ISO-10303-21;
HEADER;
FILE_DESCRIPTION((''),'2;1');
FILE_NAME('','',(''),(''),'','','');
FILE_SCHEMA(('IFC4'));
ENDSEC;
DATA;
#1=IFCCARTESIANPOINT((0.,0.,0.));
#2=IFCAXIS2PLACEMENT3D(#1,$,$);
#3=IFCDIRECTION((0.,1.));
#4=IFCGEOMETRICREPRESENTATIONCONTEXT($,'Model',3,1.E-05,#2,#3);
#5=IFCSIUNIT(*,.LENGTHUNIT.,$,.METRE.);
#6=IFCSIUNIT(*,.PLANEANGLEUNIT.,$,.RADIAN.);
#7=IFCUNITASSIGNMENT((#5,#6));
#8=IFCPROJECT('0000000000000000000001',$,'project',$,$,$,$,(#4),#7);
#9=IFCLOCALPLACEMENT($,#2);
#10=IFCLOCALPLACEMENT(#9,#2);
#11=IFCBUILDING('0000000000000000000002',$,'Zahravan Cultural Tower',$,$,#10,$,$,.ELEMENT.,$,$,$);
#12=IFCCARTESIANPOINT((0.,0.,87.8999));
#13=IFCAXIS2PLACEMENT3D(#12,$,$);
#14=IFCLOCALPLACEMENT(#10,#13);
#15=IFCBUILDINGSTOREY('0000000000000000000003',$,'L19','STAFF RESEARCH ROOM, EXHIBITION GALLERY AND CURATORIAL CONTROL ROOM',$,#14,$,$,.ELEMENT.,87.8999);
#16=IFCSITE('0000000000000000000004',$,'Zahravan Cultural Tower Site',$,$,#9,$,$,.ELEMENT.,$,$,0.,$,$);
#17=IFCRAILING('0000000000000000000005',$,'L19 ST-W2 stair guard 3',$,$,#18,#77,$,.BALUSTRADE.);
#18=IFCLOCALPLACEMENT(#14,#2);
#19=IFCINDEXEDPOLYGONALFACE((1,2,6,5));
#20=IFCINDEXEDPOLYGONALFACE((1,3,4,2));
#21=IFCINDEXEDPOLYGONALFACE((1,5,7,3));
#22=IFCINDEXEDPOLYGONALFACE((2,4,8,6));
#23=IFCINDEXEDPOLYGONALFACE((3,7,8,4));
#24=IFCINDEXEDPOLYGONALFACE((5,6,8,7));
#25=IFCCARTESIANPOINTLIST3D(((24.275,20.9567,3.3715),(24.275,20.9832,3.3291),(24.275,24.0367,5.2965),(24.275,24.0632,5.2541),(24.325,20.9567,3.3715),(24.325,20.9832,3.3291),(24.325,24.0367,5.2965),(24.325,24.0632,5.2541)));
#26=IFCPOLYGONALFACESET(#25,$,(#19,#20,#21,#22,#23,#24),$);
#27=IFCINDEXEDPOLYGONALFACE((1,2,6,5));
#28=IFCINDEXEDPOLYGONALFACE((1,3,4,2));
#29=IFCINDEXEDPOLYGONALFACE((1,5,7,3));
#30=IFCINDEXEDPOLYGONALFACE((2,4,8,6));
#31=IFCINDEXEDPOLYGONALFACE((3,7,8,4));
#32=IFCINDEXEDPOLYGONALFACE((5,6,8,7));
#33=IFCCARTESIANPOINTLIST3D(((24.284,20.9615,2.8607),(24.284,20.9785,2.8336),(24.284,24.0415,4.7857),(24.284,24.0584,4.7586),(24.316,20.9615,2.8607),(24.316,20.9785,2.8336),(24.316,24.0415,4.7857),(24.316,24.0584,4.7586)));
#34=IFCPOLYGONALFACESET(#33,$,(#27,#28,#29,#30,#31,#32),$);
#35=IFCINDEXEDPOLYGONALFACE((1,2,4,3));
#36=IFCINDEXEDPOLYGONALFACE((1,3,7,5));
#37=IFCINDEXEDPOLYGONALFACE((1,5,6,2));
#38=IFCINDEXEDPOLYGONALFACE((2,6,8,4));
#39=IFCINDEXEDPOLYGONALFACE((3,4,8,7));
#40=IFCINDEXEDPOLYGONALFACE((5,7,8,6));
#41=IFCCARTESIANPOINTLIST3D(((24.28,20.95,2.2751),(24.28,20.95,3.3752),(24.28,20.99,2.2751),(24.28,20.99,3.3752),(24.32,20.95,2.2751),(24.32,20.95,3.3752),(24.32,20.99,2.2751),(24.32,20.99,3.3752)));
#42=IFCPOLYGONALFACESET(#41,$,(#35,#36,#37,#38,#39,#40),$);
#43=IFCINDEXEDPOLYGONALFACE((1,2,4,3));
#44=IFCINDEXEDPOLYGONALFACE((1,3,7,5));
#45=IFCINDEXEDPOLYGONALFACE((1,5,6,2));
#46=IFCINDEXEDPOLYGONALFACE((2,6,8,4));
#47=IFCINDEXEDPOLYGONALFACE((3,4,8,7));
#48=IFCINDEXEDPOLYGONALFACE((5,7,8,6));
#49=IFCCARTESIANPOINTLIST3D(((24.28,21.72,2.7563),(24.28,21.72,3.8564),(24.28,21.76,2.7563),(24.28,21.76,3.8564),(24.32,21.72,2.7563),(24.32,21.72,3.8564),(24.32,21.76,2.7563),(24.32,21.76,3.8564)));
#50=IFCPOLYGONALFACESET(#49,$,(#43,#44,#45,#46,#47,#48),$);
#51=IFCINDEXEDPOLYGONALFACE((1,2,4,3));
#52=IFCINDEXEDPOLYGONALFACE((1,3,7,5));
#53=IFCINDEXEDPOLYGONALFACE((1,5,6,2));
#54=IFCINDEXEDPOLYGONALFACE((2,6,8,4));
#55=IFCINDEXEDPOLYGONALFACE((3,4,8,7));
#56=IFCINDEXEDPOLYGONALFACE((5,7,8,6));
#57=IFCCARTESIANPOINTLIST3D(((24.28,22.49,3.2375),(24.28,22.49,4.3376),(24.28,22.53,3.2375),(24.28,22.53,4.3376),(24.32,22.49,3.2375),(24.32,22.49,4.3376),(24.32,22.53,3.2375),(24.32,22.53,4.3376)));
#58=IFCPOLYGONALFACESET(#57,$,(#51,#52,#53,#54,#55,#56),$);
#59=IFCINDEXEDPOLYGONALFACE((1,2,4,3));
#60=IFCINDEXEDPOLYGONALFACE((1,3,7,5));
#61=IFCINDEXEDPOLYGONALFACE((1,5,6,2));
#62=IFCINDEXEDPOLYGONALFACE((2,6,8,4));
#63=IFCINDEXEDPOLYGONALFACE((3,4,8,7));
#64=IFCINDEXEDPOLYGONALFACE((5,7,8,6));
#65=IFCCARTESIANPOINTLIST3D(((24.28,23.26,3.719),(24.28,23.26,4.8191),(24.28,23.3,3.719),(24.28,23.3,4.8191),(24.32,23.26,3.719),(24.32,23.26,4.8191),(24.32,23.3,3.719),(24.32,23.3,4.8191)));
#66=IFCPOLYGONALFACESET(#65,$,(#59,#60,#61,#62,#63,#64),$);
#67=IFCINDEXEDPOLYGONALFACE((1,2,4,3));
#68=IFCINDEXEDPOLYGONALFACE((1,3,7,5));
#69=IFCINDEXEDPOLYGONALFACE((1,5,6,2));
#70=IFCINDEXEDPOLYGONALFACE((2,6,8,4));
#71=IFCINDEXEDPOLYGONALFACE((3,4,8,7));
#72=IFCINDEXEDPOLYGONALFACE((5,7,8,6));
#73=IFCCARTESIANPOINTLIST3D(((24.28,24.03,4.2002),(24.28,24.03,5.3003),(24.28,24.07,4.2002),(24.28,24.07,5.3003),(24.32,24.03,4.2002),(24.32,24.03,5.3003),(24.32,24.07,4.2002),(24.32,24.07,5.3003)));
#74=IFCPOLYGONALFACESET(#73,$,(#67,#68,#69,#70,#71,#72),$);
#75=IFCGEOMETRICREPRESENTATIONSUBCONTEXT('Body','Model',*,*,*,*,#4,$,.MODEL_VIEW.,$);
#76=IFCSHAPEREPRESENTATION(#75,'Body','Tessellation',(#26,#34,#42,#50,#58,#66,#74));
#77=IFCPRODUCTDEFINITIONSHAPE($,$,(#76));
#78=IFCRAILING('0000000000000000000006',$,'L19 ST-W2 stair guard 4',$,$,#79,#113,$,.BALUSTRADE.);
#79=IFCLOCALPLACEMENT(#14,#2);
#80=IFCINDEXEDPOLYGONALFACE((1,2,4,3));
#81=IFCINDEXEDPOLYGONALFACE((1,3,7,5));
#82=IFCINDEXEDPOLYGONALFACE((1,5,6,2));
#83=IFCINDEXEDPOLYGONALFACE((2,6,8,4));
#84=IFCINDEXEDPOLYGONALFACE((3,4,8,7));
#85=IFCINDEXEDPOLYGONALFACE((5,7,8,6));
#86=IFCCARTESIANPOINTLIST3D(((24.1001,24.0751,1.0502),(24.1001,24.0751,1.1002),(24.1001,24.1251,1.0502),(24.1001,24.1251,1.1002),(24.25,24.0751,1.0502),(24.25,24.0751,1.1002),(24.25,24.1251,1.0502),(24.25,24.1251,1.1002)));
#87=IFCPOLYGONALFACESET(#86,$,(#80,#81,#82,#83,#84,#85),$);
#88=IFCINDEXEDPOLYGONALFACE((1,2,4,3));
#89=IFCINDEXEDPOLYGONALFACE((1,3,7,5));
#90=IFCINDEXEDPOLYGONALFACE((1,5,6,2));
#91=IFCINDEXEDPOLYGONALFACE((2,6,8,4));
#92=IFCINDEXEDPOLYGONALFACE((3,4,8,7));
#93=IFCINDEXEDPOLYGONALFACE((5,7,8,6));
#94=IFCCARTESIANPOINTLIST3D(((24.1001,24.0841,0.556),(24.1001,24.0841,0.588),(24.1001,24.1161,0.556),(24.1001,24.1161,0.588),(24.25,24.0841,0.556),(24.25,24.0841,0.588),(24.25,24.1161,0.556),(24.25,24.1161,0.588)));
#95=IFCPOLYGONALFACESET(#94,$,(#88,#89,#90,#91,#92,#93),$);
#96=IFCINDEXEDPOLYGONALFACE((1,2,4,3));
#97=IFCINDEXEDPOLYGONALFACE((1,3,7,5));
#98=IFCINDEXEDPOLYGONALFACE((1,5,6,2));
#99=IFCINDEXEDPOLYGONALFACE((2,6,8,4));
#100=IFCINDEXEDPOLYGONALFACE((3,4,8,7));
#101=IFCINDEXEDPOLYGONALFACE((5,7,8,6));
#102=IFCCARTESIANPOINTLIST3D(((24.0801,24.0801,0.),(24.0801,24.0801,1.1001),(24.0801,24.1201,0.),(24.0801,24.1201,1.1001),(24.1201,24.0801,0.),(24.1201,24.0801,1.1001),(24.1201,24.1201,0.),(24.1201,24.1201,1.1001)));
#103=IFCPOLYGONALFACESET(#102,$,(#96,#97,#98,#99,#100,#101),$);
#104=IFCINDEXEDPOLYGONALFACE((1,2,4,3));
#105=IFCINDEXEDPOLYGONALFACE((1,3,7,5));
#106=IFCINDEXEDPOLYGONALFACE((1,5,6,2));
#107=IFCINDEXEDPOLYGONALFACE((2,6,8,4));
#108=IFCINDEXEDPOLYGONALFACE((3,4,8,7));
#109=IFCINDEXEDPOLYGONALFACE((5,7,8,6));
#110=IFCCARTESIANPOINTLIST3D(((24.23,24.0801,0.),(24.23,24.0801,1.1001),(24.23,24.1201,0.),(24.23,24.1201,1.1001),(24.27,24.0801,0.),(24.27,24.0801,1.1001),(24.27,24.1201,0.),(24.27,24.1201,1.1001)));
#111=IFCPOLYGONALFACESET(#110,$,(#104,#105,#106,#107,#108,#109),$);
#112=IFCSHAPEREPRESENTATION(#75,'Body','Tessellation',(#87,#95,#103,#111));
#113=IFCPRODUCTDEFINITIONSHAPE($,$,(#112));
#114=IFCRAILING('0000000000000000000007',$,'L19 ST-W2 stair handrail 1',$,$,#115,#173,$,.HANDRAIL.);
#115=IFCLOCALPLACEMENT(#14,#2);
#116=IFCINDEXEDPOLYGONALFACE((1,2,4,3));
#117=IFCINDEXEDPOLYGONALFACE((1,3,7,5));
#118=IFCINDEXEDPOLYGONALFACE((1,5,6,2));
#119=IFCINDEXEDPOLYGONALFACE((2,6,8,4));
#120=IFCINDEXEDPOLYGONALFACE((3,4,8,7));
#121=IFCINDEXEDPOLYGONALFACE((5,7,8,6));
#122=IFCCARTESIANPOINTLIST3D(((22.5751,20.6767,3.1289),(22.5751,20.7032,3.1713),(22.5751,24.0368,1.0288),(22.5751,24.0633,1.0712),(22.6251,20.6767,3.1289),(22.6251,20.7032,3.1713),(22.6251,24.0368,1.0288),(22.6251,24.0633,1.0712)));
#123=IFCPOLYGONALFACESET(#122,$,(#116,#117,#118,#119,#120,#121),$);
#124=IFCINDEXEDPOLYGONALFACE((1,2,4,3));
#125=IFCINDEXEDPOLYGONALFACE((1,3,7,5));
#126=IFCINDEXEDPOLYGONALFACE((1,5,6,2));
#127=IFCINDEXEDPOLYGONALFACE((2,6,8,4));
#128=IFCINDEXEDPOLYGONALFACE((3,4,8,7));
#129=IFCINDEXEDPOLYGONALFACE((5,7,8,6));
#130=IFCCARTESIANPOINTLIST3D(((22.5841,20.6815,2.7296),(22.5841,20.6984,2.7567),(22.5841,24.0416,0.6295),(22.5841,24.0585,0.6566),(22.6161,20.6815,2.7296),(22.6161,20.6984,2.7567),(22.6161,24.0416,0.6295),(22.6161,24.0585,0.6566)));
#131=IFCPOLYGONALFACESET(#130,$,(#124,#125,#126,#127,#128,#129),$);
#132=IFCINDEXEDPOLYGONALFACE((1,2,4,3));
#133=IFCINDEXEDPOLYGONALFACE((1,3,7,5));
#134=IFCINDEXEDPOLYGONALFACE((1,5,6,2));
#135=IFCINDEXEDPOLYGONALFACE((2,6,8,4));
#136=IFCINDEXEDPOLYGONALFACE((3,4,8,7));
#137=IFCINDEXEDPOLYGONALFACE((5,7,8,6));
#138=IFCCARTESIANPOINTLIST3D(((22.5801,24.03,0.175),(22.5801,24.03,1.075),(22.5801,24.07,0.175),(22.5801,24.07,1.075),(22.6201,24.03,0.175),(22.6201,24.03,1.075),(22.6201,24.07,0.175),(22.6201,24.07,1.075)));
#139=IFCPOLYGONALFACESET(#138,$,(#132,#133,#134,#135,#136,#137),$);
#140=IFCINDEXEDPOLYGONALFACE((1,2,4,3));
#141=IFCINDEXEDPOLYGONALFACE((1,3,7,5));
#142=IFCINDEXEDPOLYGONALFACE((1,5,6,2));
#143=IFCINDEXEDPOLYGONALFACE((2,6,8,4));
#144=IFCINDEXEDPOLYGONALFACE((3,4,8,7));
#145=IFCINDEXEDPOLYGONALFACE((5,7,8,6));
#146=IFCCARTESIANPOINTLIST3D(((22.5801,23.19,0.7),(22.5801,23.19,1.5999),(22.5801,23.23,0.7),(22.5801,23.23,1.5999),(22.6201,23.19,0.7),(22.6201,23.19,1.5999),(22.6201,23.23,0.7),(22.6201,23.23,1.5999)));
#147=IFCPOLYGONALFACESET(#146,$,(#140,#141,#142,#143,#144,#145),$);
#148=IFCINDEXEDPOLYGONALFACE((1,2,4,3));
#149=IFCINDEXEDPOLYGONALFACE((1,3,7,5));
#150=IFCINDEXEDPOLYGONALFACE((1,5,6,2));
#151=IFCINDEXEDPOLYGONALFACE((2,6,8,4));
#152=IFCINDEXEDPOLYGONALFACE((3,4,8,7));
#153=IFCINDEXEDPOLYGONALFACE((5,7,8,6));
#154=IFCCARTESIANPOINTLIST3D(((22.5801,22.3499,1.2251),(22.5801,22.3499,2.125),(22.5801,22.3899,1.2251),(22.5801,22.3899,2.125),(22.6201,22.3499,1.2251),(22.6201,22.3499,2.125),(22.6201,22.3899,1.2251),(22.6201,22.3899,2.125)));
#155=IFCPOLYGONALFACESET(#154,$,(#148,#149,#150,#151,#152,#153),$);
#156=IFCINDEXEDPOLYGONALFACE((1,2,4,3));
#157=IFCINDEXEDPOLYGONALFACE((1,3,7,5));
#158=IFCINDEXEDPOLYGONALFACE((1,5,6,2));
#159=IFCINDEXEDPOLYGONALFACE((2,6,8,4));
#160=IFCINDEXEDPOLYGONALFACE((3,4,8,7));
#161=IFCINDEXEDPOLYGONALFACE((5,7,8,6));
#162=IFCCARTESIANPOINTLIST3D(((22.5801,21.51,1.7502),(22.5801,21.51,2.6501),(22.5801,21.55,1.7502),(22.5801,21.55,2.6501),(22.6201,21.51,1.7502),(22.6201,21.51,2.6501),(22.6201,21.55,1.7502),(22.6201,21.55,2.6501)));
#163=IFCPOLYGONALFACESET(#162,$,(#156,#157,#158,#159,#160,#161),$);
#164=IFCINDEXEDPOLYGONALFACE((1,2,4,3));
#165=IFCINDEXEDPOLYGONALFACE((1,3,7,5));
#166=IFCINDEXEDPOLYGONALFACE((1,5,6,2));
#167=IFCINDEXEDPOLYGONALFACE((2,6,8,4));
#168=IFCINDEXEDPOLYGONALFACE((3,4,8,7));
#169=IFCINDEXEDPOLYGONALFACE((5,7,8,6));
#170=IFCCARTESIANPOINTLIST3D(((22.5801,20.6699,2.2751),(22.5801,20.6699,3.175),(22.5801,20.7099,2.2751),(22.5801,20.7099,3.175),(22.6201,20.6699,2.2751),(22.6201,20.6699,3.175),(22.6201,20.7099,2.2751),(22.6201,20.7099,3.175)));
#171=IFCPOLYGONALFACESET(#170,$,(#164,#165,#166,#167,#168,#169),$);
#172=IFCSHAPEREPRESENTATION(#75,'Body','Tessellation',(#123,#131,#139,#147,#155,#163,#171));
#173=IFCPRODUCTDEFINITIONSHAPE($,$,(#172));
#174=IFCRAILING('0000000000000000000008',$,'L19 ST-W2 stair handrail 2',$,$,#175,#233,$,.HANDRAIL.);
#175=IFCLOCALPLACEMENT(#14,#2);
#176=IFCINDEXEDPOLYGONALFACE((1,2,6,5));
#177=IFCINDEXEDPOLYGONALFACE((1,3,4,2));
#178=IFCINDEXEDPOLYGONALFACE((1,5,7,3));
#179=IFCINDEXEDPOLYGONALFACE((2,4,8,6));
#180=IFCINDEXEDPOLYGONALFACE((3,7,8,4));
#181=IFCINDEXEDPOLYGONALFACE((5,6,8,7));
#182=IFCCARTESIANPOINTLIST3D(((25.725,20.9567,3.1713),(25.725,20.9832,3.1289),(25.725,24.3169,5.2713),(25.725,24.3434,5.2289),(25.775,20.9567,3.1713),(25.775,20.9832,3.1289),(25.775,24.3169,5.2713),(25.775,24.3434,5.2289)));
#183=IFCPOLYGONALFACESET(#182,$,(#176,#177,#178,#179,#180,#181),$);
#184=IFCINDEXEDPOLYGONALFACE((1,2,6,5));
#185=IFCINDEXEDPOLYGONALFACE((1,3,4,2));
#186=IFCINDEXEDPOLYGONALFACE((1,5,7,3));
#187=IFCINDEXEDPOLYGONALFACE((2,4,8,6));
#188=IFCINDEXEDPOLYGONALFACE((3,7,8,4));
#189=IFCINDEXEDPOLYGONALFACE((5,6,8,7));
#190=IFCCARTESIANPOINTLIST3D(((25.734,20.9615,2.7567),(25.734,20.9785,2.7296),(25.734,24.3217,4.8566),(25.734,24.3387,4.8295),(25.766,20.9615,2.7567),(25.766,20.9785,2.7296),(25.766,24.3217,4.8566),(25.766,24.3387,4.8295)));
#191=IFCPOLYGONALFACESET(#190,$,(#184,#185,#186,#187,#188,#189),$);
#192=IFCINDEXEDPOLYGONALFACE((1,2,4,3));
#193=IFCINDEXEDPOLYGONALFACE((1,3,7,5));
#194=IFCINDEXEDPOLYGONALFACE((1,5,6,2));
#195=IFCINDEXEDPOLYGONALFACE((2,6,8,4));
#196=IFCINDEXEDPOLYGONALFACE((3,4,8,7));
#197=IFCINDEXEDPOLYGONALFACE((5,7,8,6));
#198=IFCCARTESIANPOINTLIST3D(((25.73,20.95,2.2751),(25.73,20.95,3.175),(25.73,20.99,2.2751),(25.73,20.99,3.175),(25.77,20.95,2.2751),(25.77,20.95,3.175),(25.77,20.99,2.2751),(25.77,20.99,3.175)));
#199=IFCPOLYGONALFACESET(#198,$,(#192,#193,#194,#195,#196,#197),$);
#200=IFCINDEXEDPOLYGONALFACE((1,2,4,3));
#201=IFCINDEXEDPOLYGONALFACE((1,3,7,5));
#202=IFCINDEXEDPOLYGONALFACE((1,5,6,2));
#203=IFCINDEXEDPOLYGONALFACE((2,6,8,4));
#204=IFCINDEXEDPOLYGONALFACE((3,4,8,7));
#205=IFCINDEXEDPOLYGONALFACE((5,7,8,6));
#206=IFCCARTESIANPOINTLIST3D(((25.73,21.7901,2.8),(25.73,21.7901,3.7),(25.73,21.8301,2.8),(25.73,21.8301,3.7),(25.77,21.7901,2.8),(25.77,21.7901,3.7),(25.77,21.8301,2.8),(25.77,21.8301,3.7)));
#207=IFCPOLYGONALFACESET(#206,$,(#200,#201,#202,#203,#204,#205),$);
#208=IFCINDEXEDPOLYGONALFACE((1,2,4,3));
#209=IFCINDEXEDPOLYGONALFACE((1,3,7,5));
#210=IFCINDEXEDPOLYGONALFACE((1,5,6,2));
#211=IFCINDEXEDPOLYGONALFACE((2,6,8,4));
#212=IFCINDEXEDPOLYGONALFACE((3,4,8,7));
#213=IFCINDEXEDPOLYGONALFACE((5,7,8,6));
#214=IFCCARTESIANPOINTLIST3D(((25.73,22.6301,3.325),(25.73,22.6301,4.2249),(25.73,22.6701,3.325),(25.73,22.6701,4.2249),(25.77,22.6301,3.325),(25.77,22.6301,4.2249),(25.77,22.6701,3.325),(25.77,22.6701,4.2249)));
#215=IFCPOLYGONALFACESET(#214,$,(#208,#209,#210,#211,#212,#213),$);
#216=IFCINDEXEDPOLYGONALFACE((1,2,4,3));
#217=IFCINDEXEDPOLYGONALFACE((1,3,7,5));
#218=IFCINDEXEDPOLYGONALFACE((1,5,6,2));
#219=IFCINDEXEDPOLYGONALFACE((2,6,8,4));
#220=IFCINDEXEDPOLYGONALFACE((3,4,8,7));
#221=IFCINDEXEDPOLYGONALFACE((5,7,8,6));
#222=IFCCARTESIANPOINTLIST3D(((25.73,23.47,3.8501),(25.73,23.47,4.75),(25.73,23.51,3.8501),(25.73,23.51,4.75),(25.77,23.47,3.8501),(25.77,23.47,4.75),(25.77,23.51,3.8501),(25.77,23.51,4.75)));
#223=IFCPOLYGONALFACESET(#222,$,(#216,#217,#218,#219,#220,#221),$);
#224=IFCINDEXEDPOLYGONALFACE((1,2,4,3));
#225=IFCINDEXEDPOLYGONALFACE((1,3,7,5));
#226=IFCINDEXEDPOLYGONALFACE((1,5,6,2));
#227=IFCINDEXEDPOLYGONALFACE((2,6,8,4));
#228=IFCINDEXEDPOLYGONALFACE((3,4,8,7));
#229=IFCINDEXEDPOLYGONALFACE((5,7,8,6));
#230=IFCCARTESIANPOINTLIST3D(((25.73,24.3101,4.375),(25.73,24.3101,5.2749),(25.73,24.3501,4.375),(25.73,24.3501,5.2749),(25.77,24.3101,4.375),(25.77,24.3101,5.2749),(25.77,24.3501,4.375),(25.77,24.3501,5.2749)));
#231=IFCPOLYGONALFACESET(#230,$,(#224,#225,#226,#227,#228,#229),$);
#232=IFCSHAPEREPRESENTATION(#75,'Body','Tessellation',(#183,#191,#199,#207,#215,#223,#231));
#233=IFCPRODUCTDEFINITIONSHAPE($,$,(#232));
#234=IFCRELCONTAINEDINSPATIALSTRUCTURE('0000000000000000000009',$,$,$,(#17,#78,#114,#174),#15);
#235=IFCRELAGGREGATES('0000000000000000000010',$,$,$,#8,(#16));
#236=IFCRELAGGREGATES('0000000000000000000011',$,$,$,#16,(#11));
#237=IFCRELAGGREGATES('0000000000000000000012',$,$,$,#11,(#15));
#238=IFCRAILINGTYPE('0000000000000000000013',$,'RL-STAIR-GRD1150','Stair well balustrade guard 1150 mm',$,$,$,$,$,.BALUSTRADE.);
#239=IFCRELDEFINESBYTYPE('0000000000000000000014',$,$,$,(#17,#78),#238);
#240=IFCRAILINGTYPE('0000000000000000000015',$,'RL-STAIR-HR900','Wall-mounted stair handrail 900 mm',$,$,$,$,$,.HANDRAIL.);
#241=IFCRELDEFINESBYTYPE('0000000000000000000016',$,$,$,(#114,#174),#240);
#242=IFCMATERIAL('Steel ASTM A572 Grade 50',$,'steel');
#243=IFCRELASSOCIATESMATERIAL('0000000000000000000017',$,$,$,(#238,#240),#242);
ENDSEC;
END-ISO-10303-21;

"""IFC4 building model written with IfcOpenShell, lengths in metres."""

from ifc_helpers import new_model, si_unit, direction, frame, origin, origin_2d, place, context, subcontext, project, spatial, rectangle, extrude, material, type_object, element, save


model = new_model("IFC4")

# Units and contexts
model_context = context("Model", 3, precision=1e-05, world=origin(), true_north=direction((0.0, 1.0)))
body_context = subcontext(model_context, "Body", "Model", "MODEL_VIEW")
ifc_project = project(units=[si_unit("LENGTHUNIT", "METRE"), si_unit("PLANEANGLEUNIT", "RADIAN")], contexts=[model_context])

# Site, building, storey
site_placement = place(None, origin())
site = spatial("IfcSite", under=ifc_project, at=site_placement, Name="Zahravan Cultural Tower Site", CompositionType="ELEMENT", RefElevation=0.0)
building_placement = place(site_placement, origin())
building = spatial("IfcBuilding", under=site, at=building_placement, Name="Zahravan Cultural Tower", CompositionType="ELEMENT")
storey_placement = place(building_placement, frame((0.0, 0.0, 87.8999)))
storey = spatial("IfcBuildingStorey", under=building, at=storey_placement, Name="L19", Description="STAFF RESEARCH ROOM, EXHIBITION GALLERY AND CURATORIAL CONTROL ROOM", CompositionType="ELEMENT", Elevation=87.8999)

# Shared definitions
ifc_material_1 = material(Name="Steel ASTM A572 Grade 50", Category="steel")

# Railings
railing_type_1 = type_object("IfcRailingType", Name="RL-STAIR-GRD1150", Description="Stair well balustrade guard 1150 mm", PredefinedType="BALUSTRADE", material=ifc_material_1)
railing_1_placement = place(storey_placement, frame((24.3, 20.97, 2.2751)))
element("IfcRailing", 1, at=railing_1_placement, inside=storey, type_object=railing_type_1, Name="L19 ST-W2 stair guard 3", PredefinedType="BALUSTRADE", context=body_context, shape_type="SweptSolid", body=[
    extrude(rectangle(XDim=0.05, YDim=0.05, at=origin_2d()), frame((0.0, 0.0, 1.0752), z_axis=(0.0, 0.847998, 0.529999), x_axis=(-1.0, 0.0, 0.0)), (0.0, 0.0, 1.0), 3.6321),
    extrude(rectangle(XDim=0.032, YDim=0.032, at=origin_2d()), frame((0.0, 0.0, 0.572), z_axis=(0.0, 0.847998, 0.529999), x_axis=(-1.0, 0.0, 0.0)), (0.0, 0.0, 1.0), 3.6321),
    extrude(rectangle(XDim=0.04, YDim=0.04, at=origin_2d()), origin(), (0.0, 0.0, 1.0), 1.1001),
    extrude(rectangle(XDim=0.04, YDim=0.04, at=origin_2d()), frame((0.0, 0.77, 0.4812)), (0.0, 0.0, 1.0), 1.1001),
    extrude(rectangle(XDim=0.04, YDim=0.04, at=origin_2d()), frame((0.0, 1.54, 0.9624)), (0.0, 0.0, 1.0), 1.1001),
    extrude(rectangle(XDim=0.04, YDim=0.04, at=origin_2d()), frame((0.0, 2.3101, 1.4438)), (0.0, 0.0, 1.0), 1.1001),
    extrude(rectangle(XDim=0.04, YDim=0.04, at=origin_2d()), frame((0.0, 3.0801, 1.925)), (0.0, 0.0, 1.0), 1.1001),
])
railing_2_placement = place(storey_placement, frame((24.1001, 24.1001, 0.0)))
element("IfcRailing", 2, at=railing_2_placement, inside=storey, type_object=railing_type_1, Name="L19 ST-W2 stair guard 4", PredefinedType="BALUSTRADE", context=body_context, shape_type="SweptSolid", body=[
    extrude(rectangle(XDim=0.05, YDim=0.05, at=origin_2d()), frame((0.0, 0.0, 1.0752), z_axis=(1.0, 0.0, 0.0), x_axis=(0.0, 1.0, 0.0)), (0.0, 0.0, 1.0), 0.1499),
    extrude(rectangle(XDim=0.032, YDim=0.032, at=origin_2d()), frame((0.0, 0.0, 0.572), z_axis=(1.0, 0.0, 0.0), x_axis=(0.0, 1.0, 0.0)), (0.0, 0.0, 1.0), 0.1499),
    extrude(rectangle(XDim=0.04, YDim=0.04, at=origin_2d()), origin(), (0.0, 0.0, 1.0), 1.1001),
    extrude(rectangle(XDim=0.04, YDim=0.04, at=origin_2d()), frame((0.1499, 0.0, 0.0)), (0.0, 0.0, 1.0), 1.1001),
])
railing_type_2 = type_object("IfcRailingType", Name="RL-STAIR-HR900", Description="Wall-mounted stair handrail 900 mm", PredefinedType="HANDRAIL", material=ifc_material_1)
railing_3_placement = place(storey_placement, frame((22.6001, 24.05, 0.175)))
element("IfcRailing", 3, at=railing_3_placement, inside=storey, type_object=railing_type_2, Name="L19 ST-W2 stair handrail 1", PredefinedType="HANDRAIL", context=body_context, shape_type="SweptSolid", body=[
    extrude(rectangle(XDim=0.05, YDim=0.05, at=origin_2d()), frame((0.0, 0.0, 0.875), z_axis=(0.0, -0.847995, 0.530004), x_axis=(1.0, 0.0, 0.0)), (0.0, 0.0, 1.0), 3.9624),
    extrude(rectangle(XDim=0.032, YDim=0.032, at=origin_2d()), frame((0.0, 0.0, 0.468), z_axis=(0.0, -0.847995, 0.530004), x_axis=(1.0, 0.0, 0.0)), (0.0, 0.0, 1.0), 3.9624),
    extrude(rectangle(XDim=0.04, YDim=0.04, at=origin_2d()), origin(), (0.0, 0.0, 1.0), 0.8999),
    extrude(rectangle(XDim=0.04, YDim=0.04, at=origin_2d()), frame((0.0, -0.8401, 0.5249)), (0.0, 0.0, 1.0), 0.8999),
    extrude(rectangle(XDim=0.04, YDim=0.04, at=origin_2d()), frame((0.0, -1.6802, 1.05)), (0.0, 0.0, 1.0), 0.8999),
    extrude(rectangle(XDim=0.04, YDim=0.04, at=origin_2d()), frame((0.0, -2.52, 1.5752)), (0.0, 0.0, 1.0), 0.8999),
    extrude(rectangle(XDim=0.04, YDim=0.04, at=origin_2d()), frame((0.0, -3.3601, 2.1001)), (0.0, 0.0, 1.0), 0.8999),
])
railing_4_placement = place(storey_placement, frame((25.75, 20.97, 2.2751)))
element("IfcRailing", 4, at=railing_4_placement, inside=storey, type_object=railing_type_2, Name="L19 ST-W2 stair handrail 2", PredefinedType="HANDRAIL", context=body_context, shape_type="SweptSolid", body=[
    extrude(rectangle(XDim=0.05, YDim=0.05, at=origin_2d()), frame((0.0, 0.0, 0.875), z_axis=(0.0, 0.848023, 0.52996), x_axis=(-1.0, 0.0, 0.0)), (0.0, 0.0, 1.0), 3.9624),
    extrude(rectangle(XDim=0.032, YDim=0.032, at=origin_2d()), frame((0.0, 0.0, 0.468), z_axis=(0.0, 0.848023, 0.52996), x_axis=(-1.0, 0.0, 0.0)), (0.0, 0.0, 1.0), 3.9624),
    extrude(rectangle(XDim=0.04, YDim=0.04, at=origin_2d()), origin(), (0.0, 0.0, 1.0), 0.8999),
    extrude(rectangle(XDim=0.04, YDim=0.04, at=origin_2d()), frame((0.0, 0.8401, 0.5249)), (0.0, 0.0, 1.0), 0.8999),
    extrude(rectangle(XDim=0.04, YDim=0.04, at=origin_2d()), frame((0.0, 1.6802, 1.0498)), (0.0, 0.0, 1.0), 0.8999),
    extrude(rectangle(XDim=0.04, YDim=0.04, at=origin_2d()), frame((0.0, 2.52, 1.575)), (0.0, 0.0, 1.0), 0.8999),
    extrude(rectangle(XDim=0.04, YDim=0.04, at=origin_2d()), frame((0.0, 3.3601, 2.0999)), (0.0, 0.0, 1.0), 0.8999),
])

save(model, "model.ifc")
